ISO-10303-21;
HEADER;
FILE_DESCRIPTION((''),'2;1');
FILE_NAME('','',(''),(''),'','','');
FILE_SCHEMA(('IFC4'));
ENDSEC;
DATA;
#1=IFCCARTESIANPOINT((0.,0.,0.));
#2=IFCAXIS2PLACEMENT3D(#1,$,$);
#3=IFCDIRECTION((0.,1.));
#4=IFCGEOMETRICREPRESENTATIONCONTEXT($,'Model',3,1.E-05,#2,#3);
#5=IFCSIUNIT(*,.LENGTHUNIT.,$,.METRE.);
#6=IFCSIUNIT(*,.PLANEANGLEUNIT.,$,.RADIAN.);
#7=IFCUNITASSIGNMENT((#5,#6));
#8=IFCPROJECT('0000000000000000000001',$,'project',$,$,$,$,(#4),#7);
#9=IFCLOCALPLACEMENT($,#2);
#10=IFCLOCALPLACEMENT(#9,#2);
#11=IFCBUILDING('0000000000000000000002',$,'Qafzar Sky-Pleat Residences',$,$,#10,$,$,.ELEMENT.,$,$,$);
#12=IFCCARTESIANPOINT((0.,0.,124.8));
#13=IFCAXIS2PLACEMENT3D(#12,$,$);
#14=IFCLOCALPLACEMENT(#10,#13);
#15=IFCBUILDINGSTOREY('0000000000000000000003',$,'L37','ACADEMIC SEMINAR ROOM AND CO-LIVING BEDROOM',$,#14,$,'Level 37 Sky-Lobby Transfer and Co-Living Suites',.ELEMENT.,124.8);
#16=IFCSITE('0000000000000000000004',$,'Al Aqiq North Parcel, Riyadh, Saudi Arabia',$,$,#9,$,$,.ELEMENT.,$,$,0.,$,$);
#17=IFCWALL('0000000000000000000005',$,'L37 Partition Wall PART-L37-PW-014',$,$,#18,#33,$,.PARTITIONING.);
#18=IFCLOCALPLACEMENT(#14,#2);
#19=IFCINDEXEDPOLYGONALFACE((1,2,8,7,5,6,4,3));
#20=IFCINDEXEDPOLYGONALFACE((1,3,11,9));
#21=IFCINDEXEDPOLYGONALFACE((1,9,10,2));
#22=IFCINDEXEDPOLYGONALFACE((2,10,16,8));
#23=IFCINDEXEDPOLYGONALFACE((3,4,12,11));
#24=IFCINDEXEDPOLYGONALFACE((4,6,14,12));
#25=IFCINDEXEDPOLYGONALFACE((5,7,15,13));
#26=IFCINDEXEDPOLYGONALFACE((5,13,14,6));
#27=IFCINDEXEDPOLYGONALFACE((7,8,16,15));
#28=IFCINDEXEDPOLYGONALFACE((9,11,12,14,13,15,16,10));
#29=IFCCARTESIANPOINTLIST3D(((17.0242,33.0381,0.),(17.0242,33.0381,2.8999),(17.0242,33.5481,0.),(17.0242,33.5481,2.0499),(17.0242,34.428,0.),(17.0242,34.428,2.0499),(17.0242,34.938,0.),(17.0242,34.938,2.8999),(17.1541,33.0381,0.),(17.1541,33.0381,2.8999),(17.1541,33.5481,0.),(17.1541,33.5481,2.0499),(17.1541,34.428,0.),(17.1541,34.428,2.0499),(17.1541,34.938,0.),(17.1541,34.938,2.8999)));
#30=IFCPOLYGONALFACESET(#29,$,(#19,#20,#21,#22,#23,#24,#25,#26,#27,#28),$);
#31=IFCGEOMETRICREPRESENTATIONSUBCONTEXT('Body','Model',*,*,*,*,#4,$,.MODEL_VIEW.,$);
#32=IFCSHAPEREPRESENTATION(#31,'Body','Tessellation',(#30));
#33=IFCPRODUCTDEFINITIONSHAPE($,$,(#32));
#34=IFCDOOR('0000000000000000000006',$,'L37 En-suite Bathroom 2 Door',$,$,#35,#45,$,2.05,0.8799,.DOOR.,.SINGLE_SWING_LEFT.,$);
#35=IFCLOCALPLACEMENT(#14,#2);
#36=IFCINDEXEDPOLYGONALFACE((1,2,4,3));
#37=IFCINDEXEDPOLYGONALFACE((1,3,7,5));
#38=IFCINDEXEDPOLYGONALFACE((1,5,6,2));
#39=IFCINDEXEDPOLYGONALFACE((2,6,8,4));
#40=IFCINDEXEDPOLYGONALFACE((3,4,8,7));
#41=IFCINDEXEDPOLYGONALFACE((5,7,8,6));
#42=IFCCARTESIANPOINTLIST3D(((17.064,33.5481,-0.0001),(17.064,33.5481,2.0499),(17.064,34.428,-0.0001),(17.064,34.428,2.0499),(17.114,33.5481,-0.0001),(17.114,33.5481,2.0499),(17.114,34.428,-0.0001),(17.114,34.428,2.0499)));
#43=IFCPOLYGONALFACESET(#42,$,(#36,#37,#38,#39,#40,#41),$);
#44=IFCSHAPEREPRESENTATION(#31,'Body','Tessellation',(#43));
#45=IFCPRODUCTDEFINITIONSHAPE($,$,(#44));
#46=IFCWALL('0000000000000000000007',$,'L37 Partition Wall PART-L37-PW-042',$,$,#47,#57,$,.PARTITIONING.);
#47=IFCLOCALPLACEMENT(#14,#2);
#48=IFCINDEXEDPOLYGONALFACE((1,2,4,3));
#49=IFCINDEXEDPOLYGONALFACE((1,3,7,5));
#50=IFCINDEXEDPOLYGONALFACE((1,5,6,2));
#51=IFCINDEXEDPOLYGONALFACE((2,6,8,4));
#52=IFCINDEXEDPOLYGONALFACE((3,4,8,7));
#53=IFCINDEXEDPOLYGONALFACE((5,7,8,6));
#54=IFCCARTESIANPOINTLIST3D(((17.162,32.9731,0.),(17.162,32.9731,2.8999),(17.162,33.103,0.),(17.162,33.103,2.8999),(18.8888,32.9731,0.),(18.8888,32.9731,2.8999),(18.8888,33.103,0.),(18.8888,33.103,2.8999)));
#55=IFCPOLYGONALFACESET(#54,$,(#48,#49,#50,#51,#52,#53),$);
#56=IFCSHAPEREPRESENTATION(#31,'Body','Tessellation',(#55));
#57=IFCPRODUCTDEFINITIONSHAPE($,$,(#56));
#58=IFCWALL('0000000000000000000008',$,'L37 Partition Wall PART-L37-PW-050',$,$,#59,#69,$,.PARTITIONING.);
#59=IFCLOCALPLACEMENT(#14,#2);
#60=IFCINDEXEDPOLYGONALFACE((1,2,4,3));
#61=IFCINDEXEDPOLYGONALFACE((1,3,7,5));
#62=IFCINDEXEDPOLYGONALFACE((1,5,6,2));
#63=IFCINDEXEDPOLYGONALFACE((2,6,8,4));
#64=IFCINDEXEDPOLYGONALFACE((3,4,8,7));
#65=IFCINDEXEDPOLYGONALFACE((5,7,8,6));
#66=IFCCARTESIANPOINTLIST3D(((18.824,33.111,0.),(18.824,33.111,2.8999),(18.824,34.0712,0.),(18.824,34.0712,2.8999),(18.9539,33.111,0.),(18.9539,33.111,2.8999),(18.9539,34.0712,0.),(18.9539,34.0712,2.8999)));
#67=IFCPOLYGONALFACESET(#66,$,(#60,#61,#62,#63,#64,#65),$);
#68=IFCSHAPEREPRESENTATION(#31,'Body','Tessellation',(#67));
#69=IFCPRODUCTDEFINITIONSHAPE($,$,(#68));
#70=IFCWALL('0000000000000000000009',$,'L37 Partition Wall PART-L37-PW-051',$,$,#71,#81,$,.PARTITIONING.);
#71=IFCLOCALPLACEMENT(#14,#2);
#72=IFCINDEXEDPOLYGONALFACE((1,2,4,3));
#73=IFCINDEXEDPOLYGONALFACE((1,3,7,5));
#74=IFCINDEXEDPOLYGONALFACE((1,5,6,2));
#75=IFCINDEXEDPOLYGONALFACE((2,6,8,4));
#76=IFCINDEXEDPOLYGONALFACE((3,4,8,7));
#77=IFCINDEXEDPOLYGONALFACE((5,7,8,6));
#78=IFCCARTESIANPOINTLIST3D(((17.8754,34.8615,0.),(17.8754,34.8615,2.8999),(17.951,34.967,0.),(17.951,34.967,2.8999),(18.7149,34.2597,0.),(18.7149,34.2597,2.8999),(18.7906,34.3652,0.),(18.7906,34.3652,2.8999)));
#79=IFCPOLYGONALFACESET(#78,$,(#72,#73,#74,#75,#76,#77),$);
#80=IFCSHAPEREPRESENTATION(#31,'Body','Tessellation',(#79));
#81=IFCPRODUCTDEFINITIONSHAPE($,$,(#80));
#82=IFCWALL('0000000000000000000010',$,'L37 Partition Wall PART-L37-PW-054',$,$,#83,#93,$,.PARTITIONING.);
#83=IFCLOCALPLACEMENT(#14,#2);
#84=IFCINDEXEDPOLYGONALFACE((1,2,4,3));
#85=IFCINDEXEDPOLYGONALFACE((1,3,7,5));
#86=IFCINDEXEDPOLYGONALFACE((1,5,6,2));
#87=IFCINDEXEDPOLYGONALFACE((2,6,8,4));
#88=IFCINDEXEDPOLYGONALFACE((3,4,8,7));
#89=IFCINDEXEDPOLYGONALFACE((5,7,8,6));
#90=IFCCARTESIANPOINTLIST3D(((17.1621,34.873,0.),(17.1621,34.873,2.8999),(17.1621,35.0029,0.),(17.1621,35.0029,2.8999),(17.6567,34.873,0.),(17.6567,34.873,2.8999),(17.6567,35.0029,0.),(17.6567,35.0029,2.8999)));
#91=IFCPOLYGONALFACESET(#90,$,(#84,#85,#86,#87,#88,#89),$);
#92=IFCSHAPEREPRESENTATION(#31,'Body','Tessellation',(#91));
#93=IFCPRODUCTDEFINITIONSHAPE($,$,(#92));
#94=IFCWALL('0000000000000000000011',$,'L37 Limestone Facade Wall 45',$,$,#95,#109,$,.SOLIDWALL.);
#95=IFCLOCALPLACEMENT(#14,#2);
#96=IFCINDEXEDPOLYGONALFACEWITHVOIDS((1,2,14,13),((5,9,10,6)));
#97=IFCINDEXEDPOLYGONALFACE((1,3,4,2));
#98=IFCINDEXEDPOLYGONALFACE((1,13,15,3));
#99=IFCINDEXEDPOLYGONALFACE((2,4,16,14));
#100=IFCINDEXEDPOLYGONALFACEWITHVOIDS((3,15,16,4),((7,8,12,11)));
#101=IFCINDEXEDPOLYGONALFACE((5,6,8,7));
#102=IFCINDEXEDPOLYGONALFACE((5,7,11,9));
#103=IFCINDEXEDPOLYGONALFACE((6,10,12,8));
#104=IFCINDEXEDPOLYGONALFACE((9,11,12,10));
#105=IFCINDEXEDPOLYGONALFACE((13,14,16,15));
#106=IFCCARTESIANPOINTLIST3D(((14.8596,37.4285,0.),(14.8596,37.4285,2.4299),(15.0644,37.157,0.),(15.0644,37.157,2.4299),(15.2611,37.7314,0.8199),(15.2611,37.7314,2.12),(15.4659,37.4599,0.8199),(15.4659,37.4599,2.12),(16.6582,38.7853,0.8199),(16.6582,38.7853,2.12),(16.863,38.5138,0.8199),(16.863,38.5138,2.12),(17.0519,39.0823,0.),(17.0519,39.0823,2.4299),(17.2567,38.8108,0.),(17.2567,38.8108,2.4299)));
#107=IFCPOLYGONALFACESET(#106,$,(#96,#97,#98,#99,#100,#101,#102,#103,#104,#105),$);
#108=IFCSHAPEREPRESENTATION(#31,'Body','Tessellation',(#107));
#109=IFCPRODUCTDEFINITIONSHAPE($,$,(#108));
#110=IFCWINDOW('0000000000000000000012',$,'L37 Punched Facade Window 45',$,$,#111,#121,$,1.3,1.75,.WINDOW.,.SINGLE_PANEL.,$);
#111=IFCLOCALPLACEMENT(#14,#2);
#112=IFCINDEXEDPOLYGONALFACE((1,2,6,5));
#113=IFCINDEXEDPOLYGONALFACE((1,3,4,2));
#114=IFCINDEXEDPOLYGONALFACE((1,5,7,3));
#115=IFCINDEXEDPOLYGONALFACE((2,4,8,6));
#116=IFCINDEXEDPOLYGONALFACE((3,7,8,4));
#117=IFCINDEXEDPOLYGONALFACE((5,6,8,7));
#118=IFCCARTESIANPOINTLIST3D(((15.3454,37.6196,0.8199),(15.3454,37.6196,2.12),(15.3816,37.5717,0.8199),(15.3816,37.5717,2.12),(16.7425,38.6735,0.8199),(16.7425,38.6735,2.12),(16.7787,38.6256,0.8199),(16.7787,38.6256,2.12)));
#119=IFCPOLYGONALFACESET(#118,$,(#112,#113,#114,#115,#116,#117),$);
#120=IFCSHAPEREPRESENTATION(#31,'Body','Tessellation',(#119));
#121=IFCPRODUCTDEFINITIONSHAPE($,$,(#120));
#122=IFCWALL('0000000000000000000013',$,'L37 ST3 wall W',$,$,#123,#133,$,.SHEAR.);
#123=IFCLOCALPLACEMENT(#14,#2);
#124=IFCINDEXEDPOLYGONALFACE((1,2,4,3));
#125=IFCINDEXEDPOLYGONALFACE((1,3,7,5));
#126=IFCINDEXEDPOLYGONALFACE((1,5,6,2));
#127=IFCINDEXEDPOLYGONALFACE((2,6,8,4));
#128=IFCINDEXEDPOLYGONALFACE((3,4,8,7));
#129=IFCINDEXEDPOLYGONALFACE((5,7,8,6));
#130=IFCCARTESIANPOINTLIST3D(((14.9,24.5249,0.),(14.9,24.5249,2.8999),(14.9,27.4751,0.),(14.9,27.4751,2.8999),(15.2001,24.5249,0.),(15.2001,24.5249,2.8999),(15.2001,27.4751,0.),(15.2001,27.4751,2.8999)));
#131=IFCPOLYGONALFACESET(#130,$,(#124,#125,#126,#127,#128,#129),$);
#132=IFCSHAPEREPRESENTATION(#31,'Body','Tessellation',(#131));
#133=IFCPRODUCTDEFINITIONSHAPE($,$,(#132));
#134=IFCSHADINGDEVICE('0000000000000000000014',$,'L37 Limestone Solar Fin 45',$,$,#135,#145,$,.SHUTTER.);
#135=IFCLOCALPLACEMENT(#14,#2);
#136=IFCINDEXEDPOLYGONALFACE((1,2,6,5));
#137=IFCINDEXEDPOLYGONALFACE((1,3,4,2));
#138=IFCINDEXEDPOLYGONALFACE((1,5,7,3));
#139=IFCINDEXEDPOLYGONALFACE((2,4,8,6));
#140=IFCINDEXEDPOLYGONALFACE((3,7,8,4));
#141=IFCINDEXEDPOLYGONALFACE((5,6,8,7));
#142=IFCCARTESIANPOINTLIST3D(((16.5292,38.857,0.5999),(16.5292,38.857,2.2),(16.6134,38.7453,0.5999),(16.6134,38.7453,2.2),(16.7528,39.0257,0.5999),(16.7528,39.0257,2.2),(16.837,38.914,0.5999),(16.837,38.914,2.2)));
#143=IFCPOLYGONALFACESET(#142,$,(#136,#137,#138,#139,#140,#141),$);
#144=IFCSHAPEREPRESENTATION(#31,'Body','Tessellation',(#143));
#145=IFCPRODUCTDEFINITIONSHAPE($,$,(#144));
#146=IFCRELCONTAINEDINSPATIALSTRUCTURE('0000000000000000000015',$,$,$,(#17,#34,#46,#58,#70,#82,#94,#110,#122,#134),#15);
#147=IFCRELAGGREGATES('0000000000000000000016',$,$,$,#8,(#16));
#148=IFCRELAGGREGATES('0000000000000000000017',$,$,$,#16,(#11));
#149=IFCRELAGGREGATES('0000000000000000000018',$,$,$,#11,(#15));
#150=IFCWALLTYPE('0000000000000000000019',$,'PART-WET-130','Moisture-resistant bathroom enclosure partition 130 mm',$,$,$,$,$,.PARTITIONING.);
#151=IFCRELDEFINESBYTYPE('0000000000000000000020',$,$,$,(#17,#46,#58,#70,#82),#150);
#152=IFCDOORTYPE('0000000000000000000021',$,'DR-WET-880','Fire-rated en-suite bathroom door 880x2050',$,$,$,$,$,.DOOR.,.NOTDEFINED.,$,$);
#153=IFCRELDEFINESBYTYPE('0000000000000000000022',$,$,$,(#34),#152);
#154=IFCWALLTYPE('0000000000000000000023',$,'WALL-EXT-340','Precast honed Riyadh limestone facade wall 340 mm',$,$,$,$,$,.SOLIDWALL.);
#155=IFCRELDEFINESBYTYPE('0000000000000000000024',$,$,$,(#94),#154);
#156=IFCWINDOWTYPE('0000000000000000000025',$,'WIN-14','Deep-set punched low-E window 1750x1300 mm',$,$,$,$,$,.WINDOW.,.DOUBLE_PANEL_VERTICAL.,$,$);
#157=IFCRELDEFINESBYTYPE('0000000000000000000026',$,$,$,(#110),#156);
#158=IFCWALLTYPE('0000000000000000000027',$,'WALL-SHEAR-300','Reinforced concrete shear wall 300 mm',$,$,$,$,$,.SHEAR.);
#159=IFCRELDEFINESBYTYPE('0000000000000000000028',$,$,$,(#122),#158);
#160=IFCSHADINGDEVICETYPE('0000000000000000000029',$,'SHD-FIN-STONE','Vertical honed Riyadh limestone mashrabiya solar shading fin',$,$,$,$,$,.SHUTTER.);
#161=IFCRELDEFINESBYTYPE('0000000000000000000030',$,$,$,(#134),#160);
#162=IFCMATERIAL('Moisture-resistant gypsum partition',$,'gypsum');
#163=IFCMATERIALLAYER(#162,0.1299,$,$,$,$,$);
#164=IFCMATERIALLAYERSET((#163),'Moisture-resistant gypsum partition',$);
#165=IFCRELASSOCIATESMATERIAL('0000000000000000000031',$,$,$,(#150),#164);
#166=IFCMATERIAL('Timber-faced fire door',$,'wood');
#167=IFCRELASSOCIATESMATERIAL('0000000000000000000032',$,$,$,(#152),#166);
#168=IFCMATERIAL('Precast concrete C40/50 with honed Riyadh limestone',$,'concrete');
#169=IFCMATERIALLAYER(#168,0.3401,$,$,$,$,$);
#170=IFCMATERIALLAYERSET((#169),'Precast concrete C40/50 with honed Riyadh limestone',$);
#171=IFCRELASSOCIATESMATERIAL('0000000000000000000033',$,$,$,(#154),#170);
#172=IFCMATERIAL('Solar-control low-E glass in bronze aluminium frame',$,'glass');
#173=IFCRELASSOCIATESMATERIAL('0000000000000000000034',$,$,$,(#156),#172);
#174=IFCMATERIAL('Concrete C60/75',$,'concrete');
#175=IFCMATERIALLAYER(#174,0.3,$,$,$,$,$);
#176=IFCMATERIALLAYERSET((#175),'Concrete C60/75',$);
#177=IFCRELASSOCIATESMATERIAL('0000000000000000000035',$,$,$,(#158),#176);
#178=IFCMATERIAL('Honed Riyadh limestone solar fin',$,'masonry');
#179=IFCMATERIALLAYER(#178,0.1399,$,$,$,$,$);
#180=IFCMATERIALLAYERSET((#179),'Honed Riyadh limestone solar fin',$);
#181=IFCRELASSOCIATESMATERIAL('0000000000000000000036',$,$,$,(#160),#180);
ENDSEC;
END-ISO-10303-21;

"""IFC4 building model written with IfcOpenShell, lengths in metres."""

from ifc_helpers import new_model, si_unit, direction, frame, frame_2d, origin, origin_2d, place, context, subcontext, project, spatial, rectangle, extrude, source, transform, mapped, material, layer, layer_set, type_object, element, fill, save


model = new_model("IFC4")

# Units and contexts
model_context = context("Model", 3, precision=1e-05, world=origin(), true_north=direction((0.0, 1.0)))
body_context = subcontext(model_context, "Body", "Model", "MODEL_VIEW")
ifc_project = project(units=[si_unit("LENGTHUNIT", "METRE"), si_unit("PLANEANGLEUNIT", "RADIAN")], contexts=[model_context])

# Site, building, storey
site_placement = place(None, origin())
site = spatial("IfcSite", under=ifc_project, at=site_placement, Name="Al Aqiq North Parcel, Riyadh, Saudi Arabia", CompositionType="ELEMENT", RefElevation=0.0)
building_placement = place(site_placement, origin())
building = spatial("IfcBuilding", under=site, at=building_placement, Name="Qafzar Sky-Pleat Residences", CompositionType="ELEMENT")
storey_placement = place(building_placement, frame((0.0, 0.0, 124.8)))
storey = spatial("IfcBuildingStorey", under=building, at=storey_placement, Name="L37", Description="ACADEMIC SEMINAR ROOM AND CO-LIVING BEDROOM", LongName="Level 37 Sky-Lobby Transfer and Co-Living Suites", CompositionType="ELEMENT", Elevation=124.8)

# Shared definitions
ifc_material_1 = material(Name="Concrete C60/75", Category="concrete")

# Wall, opening, door
ifc_material_2 = material(Name="Moisture-resistant gypsum partition", Category="gypsum")
ifc_layer_1 = layer(ifc_material_2, 0.1299)
ifc_layer_set_1 = layer_set([ifc_layer_1], Name="Moisture-resistant gypsum partition")
wall_type_1 = type_object("IfcWallType", Name="PART-WET-130", Description="Moisture-resistant bathroom enclosure partition 130 mm", PredefinedType="PARTITIONING", material=ifc_layer_set_1)
wall_1_placement = place(storey_placement, frame((17.0891, 34.938, 0.0), z_axis=(0.0, 0.0, 1.0), x_axis=(0.0, -1.0, 0.0)))
wall_1 = element("IfcWall", 1, at=wall_1_placement, inside=storey, type_object=wall_type_1, Name="L37 Partition Wall PART-L37-PW-014", PredefinedType="PARTITIONING", context=body_context, shape_type="SweptSolid", body=[
    extrude(rectangle(XDim=1.8999, YDim=0.1299, at=frame_2d((0.95, 0.0))), origin(), (0.0, 0.0, 1.0), 2.8999),
])
opening_1_placement = place(wall_1_placement, frame((0.51, 0.0, 0.0)))
opening_1 = element("IfcOpeningElement", 2, at=opening_1_placement, cuts=wall_1, PredefinedType="OPENING", context=body_context, shape_type="SweptSolid", body=[
    extrude(rectangle(XDim=0.8799, YDim=2.05, at=frame_2d((0.4399, 1.0249))), frame((0.0, 0.075, 0.0), z_axis=(0.0, -1.0, 0.0), x_axis=(1.0, 0.0, 0.0)), (0.0, 0.0, 1.0), 0.1499),
])
ifc_material_3 = material(Name="Timber-faced fire door", Category="wood")
door_type = type_object("IfcDoorType", Name="DR-WET-880", Description="Fire-rated en-suite bathroom door 880x2050", OperationType="NOTDEFINED", PredefinedType="DOOR", material=ifc_material_3)
shared_shape_1 = source(origin(), body_context, "Body", "SweptSolid", [
    extrude(rectangle(XDim=0.8799, YDim=2.05, at=frame_2d((0.4399, 1.0249))), frame((0.0, 0.0249, 0.0), z_axis=(0.0, -1.0, 0.0), x_axis=(1.0, 0.0, 0.0)), (0.0, 0.0, 1.0), 0.05),
])
door_placement = place(opening_1_placement, origin())
door = element("IfcDoor", 3, at=door_placement, inside=storey, type_object=door_type, Name="L37 En-suite Bathroom 2 Door", OperationType="SINGLE_SWING_LEFT", OverallHeight=2.05, OverallWidth=0.8799, PredefinedType="DOOR", context=body_context, shape_type="MappedRepresentation", body=[
    mapped(shared_shape_1, transform((0.0, 0.0, 0.0), x_axis=(1.0, 0.0, 0.0), y_axis=(0.0, 1.0, 0.0), z_axis=(0.0, 0.0, 1.0), scale=1.0)),
])
fill(opening_1, door)

# Walls
wall_2_placement = place(storey_placement, frame((17.1621, 33.0381, 0.0), z_axis=(0.0, 0.0, 1.0), x_axis=(1.0, 0.0, 0.0)))
element("IfcWall", 4, at=wall_2_placement, inside=storey, type_object=wall_type_1, Name="L37 Partition Wall PART-L37-PW-042", PredefinedType="PARTITIONING", context=body_context, shape_type="SweptSolid", body=[
    extrude(rectangle(XDim=1.7268, YDim=0.1299, at=frame_2d((0.8633, 0.0))), origin(), (0.0, 0.0, 1.0), 2.8999),
])
wall_3_placement = place(storey_placement, frame((18.8889, 33.1111, 0.0), z_axis=(0.0, 0.0, 1.0), x_axis=(0.0, 1.0, 0.0)))
element("IfcWall", 5, at=wall_3_placement, inside=storey, type_object=wall_type_1, Name="L37 Partition Wall PART-L37-PW-050", PredefinedType="PARTITIONING", context=body_context, shape_type="SweptSolid", body=[
    extrude(rectangle(XDim=0.9602, YDim=0.1299, at=frame_2d((0.48, 0.0))), origin(), (0.0, 0.0, 1.0), 2.8999),
])
wall_4_placement = place(storey_placement, frame((17.9131, 34.9143, 0.0), z_axis=(0.0, 0.0, 1.0), x_axis=(0.812774, -0.582579, 0.0)))
element("IfcWall", 6, at=wall_4_placement, inside=storey, type_object=wall_type_1, Name="L37 Partition Wall PART-L37-PW-051", PredefinedType="PARTITIONING", context=body_context, shape_type="SweptSolid", body=[
    extrude(rectangle(XDim=1.033, YDim=0.1299, at=frame_2d((0.5166, 0.0))), origin(), (0.0, 0.0, 1.0), 2.8999),
])
wall_5_placement = place(storey_placement, frame((17.1621, 34.938, 0.0), z_axis=(0.0, 0.0, 1.0), x_axis=(1.0, 0.0, 0.0)))
element("IfcWall", 7, at=wall_5_placement, inside=storey, type_object=wall_type_1, Name="L37 Partition Wall PART-L37-PW-054", PredefinedType="PARTITIONING", context=body_context, shape_type="SweptSolid", body=[
    extrude(rectangle(XDim=0.4946, YDim=0.1299, at=frame_2d((0.2473, 0.0))), origin(), (0.0, 0.0, 1.0), 2.8999),
])

# Wall, opening, window
ifc_material_4 = material(Name="Precast concrete C40/50 with honed Riyadh limestone", Category="concrete")
ifc_layer_2 = layer(ifc_material_4, 0.3401)
ifc_layer_set_2 = layer_set([ifc_layer_2], Name="Precast concrete C40/50 with honed Riyadh limestone")
wall_type_2 = type_object("IfcWallType", Name="WALL-EXT-340", Description="Precast honed Riyadh limestone facade wall 340 mm", PredefinedType="SOLIDWALL", material=ifc_layer_set_2)
wall_6_placement = place(storey_placement, frame((17.1543, 38.9465, 0.0), z_axis=(0.0, 0.0, 1.0), x_axis=(-0.798333, -0.602217, 0.0)))
wall_6 = element("IfcWall", 8, at=wall_6_placement, inside=storey, type_object=wall_type_2, Name="L37 Limestone Facade Wall 45", PredefinedType="SOLIDWALL", context=body_context, shape_type="SweptSolid", body=[
    extrude(rectangle(XDim=2.7461, YDim=0.3401, at=frame_2d((1.373, 0.0))), origin(), (0.0, 0.0, 1.0), 2.4299),
])
opening_2_placement = place(wall_6_placement, frame((0.4932, 0.0, 0.8201)))
opening_2 = element("IfcOpeningElement", 9, at=opening_2_placement, cuts=wall_6, PredefinedType="OPENING", context=body_context, shape_type="SweptSolid", body=[
    extrude(rectangle(XDim=1.75, YDim=1.3, at=frame_2d((0.875, 0.6499))), frame((0.0, 0.1802, 0.0), z_axis=(0.0, -1.0, 0.0), x_axis=(1.0, 0.0, 0.0)), (0.0, 0.0, 1.0), 0.3601),
])
ifc_material_5 = material(Name="Solar-control low-E glass in bronze aluminium frame", Category="glass")
window_type = type_object("IfcWindowType", Name="WIN-14", Description="Deep-set punched low-E window 1750x1300 mm", PartitioningType="DOUBLE_PANEL_VERTICAL", PredefinedType="WINDOW", material=ifc_material_5)
shared_shape_2 = source(origin(), body_context, "Body", "SweptSolid", [
    extrude(rectangle(XDim=1.75, YDim=1.3, at=frame_2d((0.875, 0.6499))), frame((0.0, 0.03, 0.0), z_axis=(0.0, -1.0, 0.0), x_axis=(1.0, 0.0, 0.0)), (0.0, 0.0, 1.0), 0.0601),
])
window_placement = place(opening_2_placement, origin())
window = element("IfcWindow", 10, at=window_placement, inside=storey, type_object=window_type, Name="L37 Punched Facade Window 45", OverallHeight=1.3, OverallWidth=1.75, PartitioningType="SINGLE_PANEL", PredefinedType="WINDOW", context=body_context, shape_type="MappedRepresentation", body=[
    mapped(shared_shape_2, transform((0.0, 0.0, 0.0), x_axis=(1.0, 0.0, 0.0), y_axis=(0.0, 1.0, 0.0), z_axis=(0.0, 0.0, 1.0), scale=1.0)),
])
fill(opening_2, window)

# Wall
ifc_layer_3 = layer(ifc_material_1, 0.3)
ifc_layer_set_3 = layer_set([ifc_layer_3], Name="Concrete C60/75")
wall_type_3 = type_object("IfcWallType", Name="WALL-SHEAR-300", Description="Reinforced concrete shear wall 300 mm", PredefinedType="SHEAR", material=ifc_layer_set_3)
wall_7_placement = place(storey_placement, frame((15.05, 27.4751, 0.0), z_axis=(0.0, 0.0, 1.0), x_axis=(0.0, -1.0, 0.0)))
element("IfcWall", 11, at=wall_7_placement, inside=storey, type_object=wall_type_3, Name="L37 ST3 wall W", PredefinedType="SHEAR", context=body_context, shape_type="SweptSolid", body=[
    extrude(rectangle(XDim=2.9502, YDim=0.3, at=frame_2d((1.4751, 0.0))), origin(), (0.0, 0.0, 1.0), 2.8999),
])

# Shading device
ifc_material_6 = material(Name="Honed Riyadh limestone solar fin", Category="masonry")
ifc_layer_4 = layer(ifc_material_6, 0.1399)
ifc_layer_set_4 = layer_set([ifc_layer_4], Name="Honed Riyadh limestone solar fin")
shading_device_type = type_object("IfcShadingDeviceType", Name="SHD-FIN-STONE", Description="Vertical honed Riyadh limestone mashrabiya solar shading fin", PredefinedType="SHUTTER", material=ifc_layer_set_4)
shared_shape_3 = source(origin(), body_context, "Body", "SweptSolid", [
    extrude(rectangle(XDim=0.1399, YDim=0.28, at=origin_2d()), origin(), (0.0, 0.0, 1.0), 1.6001),
])
shading_device_placement = place(storey_placement, frame((16.6831, 38.8855, 0.5999), z_axis=(0.0, 0.0, 1.0), x_axis=(-0.602208, 0.798339, 0.0)))
element("IfcShadingDevice", 12, at=shading_device_placement, inside=storey, type_object=shading_device_type, Name="L37 Limestone Solar Fin 45", PredefinedType="SHUTTER", context=body_context, shape_type="MappedRepresentation", body=[
    mapped(shared_shape_3, transform((0.0, 0.0, 0.0), x_axis=(1.0, 0.0, 0.0), y_axis=(0.0, 1.0, 0.0), z_axis=(0.0, 0.0, 1.0), scale=1.0)),
])

save(model, "model.ifc")
